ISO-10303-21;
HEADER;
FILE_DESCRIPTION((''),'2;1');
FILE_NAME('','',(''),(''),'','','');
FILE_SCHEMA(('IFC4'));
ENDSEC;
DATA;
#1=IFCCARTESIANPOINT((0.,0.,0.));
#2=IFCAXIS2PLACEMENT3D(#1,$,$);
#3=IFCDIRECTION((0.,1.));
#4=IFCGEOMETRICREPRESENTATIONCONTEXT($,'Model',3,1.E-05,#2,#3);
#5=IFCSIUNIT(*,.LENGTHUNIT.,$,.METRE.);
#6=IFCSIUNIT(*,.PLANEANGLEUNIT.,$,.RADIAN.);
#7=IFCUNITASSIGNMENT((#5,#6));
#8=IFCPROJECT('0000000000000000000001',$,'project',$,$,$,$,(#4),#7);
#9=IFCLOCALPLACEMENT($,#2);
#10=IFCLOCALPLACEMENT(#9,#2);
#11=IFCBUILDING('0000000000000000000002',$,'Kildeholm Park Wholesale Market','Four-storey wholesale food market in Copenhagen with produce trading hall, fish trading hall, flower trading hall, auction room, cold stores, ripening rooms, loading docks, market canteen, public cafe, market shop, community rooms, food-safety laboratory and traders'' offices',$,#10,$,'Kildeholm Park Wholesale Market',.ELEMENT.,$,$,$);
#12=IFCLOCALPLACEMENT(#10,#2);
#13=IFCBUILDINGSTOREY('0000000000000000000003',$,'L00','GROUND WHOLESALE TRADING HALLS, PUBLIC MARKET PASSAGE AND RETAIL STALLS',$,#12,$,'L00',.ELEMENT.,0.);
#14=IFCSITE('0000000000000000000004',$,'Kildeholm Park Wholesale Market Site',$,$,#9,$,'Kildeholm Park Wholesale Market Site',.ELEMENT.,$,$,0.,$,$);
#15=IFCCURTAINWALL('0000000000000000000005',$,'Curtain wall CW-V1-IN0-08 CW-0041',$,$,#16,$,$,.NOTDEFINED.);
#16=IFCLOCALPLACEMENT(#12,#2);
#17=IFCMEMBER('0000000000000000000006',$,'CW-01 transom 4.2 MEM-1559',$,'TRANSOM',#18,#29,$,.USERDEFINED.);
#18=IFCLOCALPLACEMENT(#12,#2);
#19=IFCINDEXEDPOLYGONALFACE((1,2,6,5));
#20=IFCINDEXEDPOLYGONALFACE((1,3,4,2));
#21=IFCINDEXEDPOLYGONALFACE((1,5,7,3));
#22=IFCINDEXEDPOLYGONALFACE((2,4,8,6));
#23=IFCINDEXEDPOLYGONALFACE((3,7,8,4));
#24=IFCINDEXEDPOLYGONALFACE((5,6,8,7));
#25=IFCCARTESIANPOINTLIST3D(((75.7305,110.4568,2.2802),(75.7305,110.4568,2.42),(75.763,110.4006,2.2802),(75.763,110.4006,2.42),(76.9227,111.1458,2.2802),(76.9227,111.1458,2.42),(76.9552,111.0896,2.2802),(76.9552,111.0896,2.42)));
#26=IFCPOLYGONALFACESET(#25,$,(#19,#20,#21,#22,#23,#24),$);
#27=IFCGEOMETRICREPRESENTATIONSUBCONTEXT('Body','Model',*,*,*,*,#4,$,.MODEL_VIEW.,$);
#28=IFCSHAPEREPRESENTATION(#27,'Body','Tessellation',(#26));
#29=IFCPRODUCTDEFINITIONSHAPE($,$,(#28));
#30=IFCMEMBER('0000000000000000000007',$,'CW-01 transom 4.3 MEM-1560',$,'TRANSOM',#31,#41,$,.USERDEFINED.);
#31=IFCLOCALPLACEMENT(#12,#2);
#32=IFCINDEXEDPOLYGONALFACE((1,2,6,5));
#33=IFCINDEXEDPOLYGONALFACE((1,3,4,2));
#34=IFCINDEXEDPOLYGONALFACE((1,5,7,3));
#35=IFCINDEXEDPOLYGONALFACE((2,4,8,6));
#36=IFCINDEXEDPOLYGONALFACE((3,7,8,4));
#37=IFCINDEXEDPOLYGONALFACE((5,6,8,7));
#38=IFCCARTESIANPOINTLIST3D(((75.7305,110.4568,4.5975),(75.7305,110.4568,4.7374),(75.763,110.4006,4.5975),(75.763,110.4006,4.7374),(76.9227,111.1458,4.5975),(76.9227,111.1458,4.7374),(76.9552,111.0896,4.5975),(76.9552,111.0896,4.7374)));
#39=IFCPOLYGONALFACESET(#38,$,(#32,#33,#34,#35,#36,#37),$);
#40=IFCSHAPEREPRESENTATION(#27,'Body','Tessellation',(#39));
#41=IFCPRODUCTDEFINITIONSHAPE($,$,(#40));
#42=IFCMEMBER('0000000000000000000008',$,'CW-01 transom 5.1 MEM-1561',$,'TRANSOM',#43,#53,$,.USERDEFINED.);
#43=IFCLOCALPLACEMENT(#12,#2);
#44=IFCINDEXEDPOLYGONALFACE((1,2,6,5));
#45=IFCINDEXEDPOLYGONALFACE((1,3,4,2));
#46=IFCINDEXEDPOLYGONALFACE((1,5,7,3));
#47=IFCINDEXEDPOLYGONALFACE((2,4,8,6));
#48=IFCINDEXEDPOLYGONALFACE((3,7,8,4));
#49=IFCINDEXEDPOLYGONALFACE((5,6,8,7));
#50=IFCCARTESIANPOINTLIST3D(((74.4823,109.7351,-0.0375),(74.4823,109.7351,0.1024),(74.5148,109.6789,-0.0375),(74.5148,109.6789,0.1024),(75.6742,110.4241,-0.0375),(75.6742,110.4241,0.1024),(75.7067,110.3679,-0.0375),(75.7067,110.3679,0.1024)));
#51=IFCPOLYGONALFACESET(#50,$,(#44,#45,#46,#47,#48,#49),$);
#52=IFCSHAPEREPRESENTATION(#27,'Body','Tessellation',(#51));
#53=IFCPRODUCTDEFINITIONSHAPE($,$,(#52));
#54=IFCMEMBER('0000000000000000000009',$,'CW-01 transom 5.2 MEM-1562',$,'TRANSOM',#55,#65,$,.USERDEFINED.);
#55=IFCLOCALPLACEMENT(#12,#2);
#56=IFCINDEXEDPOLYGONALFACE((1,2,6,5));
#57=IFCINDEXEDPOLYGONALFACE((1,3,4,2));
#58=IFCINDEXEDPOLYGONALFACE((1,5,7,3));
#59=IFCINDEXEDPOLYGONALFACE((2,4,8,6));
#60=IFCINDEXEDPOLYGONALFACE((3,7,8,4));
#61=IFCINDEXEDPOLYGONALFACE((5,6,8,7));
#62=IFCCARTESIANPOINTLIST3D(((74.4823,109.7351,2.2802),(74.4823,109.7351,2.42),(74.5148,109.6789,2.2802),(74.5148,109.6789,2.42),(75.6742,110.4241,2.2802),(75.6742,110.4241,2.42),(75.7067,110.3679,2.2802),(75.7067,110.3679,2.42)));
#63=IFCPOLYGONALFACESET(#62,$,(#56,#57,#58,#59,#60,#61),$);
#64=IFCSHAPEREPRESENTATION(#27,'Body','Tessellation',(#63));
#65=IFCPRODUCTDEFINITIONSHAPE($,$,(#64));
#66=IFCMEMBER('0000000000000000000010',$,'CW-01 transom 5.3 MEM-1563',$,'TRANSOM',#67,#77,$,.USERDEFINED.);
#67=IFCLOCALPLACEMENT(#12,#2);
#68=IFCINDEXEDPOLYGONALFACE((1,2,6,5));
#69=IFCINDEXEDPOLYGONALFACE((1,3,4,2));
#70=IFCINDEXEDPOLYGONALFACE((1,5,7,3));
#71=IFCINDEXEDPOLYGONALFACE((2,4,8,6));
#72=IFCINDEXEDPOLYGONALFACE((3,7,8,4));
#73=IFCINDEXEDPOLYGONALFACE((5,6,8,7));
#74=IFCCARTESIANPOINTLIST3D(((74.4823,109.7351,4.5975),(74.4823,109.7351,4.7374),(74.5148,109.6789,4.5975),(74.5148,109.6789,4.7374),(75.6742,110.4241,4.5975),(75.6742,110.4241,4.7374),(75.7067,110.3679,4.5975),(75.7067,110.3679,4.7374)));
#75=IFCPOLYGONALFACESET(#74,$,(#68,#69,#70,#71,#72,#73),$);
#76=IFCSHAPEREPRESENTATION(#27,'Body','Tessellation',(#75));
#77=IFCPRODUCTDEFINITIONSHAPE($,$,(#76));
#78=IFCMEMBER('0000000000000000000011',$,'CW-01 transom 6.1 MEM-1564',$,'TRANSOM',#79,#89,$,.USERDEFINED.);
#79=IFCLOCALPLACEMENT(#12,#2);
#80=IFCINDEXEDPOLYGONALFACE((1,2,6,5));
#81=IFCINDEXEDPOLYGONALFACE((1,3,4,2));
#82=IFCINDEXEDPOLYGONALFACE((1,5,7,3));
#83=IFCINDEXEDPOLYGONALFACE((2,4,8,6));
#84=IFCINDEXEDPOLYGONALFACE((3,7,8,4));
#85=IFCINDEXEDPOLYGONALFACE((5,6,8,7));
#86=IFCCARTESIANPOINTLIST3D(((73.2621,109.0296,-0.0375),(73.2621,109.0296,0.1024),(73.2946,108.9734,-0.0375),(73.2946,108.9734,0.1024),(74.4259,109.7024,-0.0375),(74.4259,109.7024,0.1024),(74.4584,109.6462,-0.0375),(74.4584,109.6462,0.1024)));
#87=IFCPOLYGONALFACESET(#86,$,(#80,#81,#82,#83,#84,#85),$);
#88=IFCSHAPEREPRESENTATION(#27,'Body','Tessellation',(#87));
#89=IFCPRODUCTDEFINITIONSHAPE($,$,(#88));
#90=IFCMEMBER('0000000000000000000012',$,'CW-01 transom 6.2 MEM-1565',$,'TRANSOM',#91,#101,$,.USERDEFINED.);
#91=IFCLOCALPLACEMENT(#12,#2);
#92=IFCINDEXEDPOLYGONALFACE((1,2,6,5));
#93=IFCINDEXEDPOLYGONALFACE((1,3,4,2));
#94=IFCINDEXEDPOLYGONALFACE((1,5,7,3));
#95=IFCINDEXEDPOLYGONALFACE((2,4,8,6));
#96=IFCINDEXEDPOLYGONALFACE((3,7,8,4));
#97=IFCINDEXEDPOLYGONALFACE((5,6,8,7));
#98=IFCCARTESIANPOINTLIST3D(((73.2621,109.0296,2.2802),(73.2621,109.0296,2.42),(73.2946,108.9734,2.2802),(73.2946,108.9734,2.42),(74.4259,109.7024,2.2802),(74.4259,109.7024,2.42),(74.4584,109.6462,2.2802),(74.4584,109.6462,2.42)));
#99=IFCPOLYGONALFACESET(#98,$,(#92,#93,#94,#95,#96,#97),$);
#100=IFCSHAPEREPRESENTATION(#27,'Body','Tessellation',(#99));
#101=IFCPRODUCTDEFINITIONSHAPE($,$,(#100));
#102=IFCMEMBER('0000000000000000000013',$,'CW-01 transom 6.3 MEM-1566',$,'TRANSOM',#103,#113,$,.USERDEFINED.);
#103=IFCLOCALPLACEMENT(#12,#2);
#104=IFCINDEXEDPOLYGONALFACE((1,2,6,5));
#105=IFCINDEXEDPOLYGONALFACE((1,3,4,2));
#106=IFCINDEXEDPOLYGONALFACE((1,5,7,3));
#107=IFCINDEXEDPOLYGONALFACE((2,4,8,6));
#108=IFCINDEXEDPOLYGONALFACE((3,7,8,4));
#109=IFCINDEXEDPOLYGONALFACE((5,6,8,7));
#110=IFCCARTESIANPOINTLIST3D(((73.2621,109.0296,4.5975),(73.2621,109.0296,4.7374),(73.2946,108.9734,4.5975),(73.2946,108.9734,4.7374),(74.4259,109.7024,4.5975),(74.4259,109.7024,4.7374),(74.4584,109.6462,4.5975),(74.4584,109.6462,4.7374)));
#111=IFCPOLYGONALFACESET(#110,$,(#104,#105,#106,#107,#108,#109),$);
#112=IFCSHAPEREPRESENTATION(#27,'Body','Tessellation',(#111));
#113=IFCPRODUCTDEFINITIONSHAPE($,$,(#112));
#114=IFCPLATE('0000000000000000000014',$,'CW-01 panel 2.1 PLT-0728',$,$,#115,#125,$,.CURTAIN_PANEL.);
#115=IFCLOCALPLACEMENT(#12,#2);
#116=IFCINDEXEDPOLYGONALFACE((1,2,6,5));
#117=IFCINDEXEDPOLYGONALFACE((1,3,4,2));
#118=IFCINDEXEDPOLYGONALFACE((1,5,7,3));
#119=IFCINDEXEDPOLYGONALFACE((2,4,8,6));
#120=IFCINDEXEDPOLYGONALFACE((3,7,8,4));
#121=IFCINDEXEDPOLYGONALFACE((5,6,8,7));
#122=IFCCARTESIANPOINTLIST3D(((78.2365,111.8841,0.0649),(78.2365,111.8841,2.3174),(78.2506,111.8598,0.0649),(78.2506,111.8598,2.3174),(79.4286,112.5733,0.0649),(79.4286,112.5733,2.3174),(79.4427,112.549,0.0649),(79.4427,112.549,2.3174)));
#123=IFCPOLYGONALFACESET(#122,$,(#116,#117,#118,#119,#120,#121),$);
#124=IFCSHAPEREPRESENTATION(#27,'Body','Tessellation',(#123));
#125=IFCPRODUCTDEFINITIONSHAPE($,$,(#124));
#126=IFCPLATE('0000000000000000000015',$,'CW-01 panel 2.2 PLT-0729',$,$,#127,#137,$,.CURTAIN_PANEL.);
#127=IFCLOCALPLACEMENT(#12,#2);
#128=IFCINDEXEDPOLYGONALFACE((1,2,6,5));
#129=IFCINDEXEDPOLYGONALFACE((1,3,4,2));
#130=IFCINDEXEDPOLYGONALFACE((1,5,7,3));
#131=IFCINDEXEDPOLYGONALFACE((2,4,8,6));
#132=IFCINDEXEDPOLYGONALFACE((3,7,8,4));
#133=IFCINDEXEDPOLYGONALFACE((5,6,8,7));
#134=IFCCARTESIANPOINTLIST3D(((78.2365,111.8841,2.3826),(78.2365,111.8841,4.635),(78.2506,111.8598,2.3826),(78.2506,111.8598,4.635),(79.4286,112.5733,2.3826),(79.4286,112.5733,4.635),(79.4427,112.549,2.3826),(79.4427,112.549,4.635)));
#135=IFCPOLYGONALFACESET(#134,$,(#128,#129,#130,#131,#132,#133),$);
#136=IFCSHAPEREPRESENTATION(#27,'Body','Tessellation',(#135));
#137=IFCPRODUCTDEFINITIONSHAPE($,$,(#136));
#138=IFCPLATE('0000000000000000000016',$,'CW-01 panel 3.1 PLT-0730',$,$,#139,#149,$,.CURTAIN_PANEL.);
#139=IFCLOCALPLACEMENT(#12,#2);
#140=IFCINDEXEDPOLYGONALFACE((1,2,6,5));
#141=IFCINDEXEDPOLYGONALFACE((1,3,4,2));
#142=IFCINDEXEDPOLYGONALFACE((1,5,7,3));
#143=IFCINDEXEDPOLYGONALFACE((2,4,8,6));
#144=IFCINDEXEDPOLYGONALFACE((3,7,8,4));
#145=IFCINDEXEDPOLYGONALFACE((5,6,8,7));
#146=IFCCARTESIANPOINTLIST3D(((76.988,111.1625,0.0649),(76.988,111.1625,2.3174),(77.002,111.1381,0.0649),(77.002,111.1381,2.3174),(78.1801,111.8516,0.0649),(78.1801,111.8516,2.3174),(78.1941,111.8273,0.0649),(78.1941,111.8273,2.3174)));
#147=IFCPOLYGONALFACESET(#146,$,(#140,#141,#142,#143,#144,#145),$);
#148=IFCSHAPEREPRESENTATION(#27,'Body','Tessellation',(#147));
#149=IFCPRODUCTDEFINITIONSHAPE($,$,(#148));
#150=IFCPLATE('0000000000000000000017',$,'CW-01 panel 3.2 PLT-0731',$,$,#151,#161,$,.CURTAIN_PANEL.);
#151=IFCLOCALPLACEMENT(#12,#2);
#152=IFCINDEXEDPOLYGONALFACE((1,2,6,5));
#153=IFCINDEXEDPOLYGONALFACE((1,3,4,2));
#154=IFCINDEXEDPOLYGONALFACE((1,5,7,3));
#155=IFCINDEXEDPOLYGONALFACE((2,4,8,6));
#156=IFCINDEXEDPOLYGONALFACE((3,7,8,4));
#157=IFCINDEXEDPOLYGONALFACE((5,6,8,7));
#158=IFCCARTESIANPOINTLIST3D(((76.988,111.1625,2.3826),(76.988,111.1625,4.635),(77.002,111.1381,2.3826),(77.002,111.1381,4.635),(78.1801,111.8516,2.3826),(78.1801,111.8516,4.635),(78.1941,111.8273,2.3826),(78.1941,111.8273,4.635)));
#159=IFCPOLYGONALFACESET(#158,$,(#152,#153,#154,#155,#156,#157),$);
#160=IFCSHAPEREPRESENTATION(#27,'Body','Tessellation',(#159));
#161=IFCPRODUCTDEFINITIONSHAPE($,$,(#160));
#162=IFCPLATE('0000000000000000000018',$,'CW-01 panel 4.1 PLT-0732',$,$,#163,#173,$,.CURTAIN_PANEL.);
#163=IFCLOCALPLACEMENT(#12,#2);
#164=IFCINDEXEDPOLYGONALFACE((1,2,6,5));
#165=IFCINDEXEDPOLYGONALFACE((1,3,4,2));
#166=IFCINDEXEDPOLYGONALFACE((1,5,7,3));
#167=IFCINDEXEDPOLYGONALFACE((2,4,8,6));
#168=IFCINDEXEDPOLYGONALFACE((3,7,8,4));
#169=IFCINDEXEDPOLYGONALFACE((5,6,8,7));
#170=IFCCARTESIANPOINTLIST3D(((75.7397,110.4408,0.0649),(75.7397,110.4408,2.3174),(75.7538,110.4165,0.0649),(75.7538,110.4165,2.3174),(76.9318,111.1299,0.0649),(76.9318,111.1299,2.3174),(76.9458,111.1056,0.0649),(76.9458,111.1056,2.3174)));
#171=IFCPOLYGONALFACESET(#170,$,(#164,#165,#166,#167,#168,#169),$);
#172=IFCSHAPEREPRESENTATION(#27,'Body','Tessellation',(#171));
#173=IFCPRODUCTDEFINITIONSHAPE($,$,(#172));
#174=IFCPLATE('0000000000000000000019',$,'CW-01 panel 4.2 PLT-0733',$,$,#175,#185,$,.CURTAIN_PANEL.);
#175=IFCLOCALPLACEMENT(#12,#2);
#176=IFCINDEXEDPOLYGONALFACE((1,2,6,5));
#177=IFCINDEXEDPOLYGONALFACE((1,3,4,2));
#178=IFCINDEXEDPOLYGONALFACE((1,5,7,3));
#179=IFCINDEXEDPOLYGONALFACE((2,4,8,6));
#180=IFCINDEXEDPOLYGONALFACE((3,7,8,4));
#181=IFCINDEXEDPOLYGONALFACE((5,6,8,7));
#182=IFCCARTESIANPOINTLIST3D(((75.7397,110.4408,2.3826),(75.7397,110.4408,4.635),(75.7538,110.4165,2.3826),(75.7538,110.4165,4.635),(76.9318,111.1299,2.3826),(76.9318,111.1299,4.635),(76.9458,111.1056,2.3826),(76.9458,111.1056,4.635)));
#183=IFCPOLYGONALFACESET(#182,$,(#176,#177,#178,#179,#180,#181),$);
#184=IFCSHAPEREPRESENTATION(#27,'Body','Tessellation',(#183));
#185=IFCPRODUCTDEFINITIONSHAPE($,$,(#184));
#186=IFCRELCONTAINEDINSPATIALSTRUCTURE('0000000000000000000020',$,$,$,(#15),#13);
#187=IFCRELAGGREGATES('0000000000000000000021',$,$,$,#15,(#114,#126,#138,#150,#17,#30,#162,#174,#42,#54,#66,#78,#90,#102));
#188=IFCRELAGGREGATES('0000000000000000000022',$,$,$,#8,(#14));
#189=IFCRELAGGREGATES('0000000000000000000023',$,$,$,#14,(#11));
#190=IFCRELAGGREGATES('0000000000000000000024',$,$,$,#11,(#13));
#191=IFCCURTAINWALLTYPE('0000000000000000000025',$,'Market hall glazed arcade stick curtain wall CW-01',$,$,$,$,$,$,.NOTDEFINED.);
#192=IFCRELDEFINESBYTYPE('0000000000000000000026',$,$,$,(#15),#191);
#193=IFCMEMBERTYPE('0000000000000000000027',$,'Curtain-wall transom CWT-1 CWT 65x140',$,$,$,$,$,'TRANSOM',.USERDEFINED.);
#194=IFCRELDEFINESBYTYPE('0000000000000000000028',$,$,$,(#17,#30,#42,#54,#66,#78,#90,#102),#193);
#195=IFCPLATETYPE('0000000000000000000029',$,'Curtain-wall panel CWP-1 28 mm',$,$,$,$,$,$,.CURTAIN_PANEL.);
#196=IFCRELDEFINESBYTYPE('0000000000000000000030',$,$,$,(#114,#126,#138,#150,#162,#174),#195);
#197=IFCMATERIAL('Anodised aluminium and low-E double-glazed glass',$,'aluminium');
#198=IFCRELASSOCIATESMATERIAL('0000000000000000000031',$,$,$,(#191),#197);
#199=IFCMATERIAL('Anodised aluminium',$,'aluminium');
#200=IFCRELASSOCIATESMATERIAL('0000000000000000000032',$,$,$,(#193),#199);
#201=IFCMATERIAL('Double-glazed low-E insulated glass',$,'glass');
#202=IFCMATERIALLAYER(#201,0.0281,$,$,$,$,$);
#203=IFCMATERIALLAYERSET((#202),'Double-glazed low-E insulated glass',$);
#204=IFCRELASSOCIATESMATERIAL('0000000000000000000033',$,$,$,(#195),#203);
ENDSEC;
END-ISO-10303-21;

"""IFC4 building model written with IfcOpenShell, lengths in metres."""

from ifc_helpers import new_model, si_unit, direction, frame, origin, origin_2d, place, context, subcontext, project, spatial, rectangle, extrude, material, layer, layer_set, material_profile, profile_set, type_object, element, aggregate, save


model = new_model("IFC4")

# Units and contexts
model_context = context("Model", 3, precision=1e-05, world=origin(), true_north=direction((0.0, 1.0)))
body_context = subcontext(model_context, "Body", "Model", "MODEL_VIEW")
ifc_project = project(units=[si_unit("LENGTHUNIT", "METRE"), si_unit("PLANEANGLEUNIT", "RADIAN")], contexts=[model_context])

# Site, building, storey
site_placement = place(None, origin())
site = spatial("IfcSite", under=ifc_project, at=site_placement, Name="Kildeholm Park Wholesale Market Site", LongName="Kildeholm Park Wholesale Market Site", CompositionType="ELEMENT", RefElevation=0.0)
building_placement = place(site_placement, origin())
building = spatial("IfcBuilding", under=site, at=building_placement, Name="Kildeholm Park Wholesale Market", Description="Four-storey wholesale food market in Copenhagen with produce trading hall, fish trading hall, flower trading hall, auction room, cold stores, ripening rooms, loading docks, market canteen, public cafe, market shop, community rooms, food-safety laboratory and traders' offices", LongName="Kildeholm Park Wholesale Market", CompositionType="ELEMENT")
storey_placement = place(building_placement, origin())
storey = spatial("IfcBuildingStorey", under=building, at=storey_placement, Name="L00", Description="GROUND WHOLESALE TRADING HALLS, PUBLIC MARKET PASSAGE AND RETAIL STALLS", LongName="L00", CompositionType="ELEMENT", Elevation=0.0)

# Curtain wall, members, plates
ifc_material_1 = material(Name="Anodised aluminium and low-E double-glazed glass", Category="aluminium")
curtain_wall_type = type_object("IfcCurtainWallType", Name="Market hall glazed arcade stick curtain wall CW-01", PredefinedType="NOTDEFINED", material=ifc_material_1)
curtain_wall_placement = place(storey_placement, origin())
curtain_wall = element("IfcCurtainWall", 1, at=curtain_wall_placement, inside=storey, type_object=curtain_wall_type, Name="Curtain wall CW-V1-IN0-08 CW-0041", PredefinedType="NOTDEFINED")
ifc_material_2 = material(Name="Anodised aluminium", Category="aluminium")
ifc_material_profile_1 = material_profile(ifc_material_2, rectangle(XDim=0.0649, YDim=0.1399, at=origin_2d()), Name="CWT 65x140")
ifc_profile_set_1 = profile_set([ifc_material_profile_1], Name="Anodised aluminium")
member_type_1 = type_object("IfcMemberType", Name="Curtain-wall transom CWT-1 CWT 65x140", ElementType="TRANSOM", PredefinedType="USERDEFINED", material=ifc_profile_set_1)
member_1_placement = place(storey_placement, frame((76.939, 111.1177, 2.3501), z_axis=(-0.86581, -0.500372, 0.0), x_axis=(0.500372, -0.86581, 0.0)))
member_1 = element("IfcMember", 2, at=member_1_placement, type_object=member_type_1, Name="CW-01 transom 4.2 MEM-1559", ObjectType="TRANSOM", PredefinedType="USERDEFINED", context=body_context, shape_type="SweptSolid", body=[
    extrude(rectangle(XDim=0.0649, YDim=0.1399, at=origin_2d()), origin(), (0.0, 0.0, 1.0), 1.377),
])
member_2_placement = place(storey_placement, frame((76.939, 111.1177, 4.6675), z_axis=(-0.86581, -0.500372, 0.0), x_axis=(0.500372, -0.86581, 0.0)))
member_2 = element("IfcMember", 3, at=member_2_placement, type_object=member_type_1, Name="CW-01 transom 4.3 MEM-1560", ObjectType="TRANSOM", PredefinedType="USERDEFINED", context=body_context, shape_type="SweptSolid", body=[
    extrude(rectangle(XDim=0.0649, YDim=0.1399, at=origin_2d()), origin(), (0.0, 0.0, 1.0), 1.377),
])
member_3_placement = place(storey_placement, frame((75.6904, 110.396, 0.0325), z_axis=(-0.865766, -0.500449, 0.0), x_axis=(0.500449, -0.865766, 0.0)))
member_3 = element("IfcMember", 4, at=member_3_placement, type_object=member_type_1, Name="CW-01 transom 5.1 MEM-1561", ObjectType="TRANSOM", PredefinedType="USERDEFINED", context=body_context, shape_type="SweptSolid", body=[
    extrude(rectangle(XDim=0.0649, YDim=0.1399, at=origin_2d()), origin(), (0.0, 0.0, 1.0), 1.3767),
])
member_4_placement = place(storey_placement, frame((75.6904, 110.396, 2.3501), z_axis=(-0.865766, -0.500449, 0.0), x_axis=(0.500449, -0.865766, 0.0)))
member_4 = element("IfcMember", 5, at=member_4_placement, type_object=member_type_1, Name="CW-01 transom 5.2 MEM-1562", ObjectType="TRANSOM", PredefinedType="USERDEFINED", context=body_context, shape_type="SweptSolid", body=[
    extrude(rectangle(XDim=0.0649, YDim=0.1399, at=origin_2d()), origin(), (0.0, 0.0, 1.0), 1.3767),
])
member_5_placement = place(storey_placement, frame((75.6904, 110.396, 4.6675), z_axis=(-0.865766, -0.500449, 0.0), x_axis=(0.500449, -0.865766, 0.0)))
member_5 = element("IfcMember", 6, at=member_5_placement, type_object=member_type_1, Name="CW-01 transom 5.3 MEM-1563", ObjectType="TRANSOM", PredefinedType="USERDEFINED", context=body_context, shape_type="SweptSolid", body=[
    extrude(rectangle(XDim=0.0649, YDim=0.1399, at=origin_2d()), origin(), (0.0, 0.0, 1.0), 1.3767),
])
member_6_placement = place(storey_placement, frame((74.4421, 109.6743, 0.0325), z_axis=(-0.865729, -0.500514, 0.0), x_axis=(0.500514, -0.865729, 0.0)))
member_6 = element("IfcMember", 7, at=member_6_placement, type_object=member_type_1, Name="CW-01 transom 6.1 MEM-1564", ObjectType="TRANSOM", PredefinedType="USERDEFINED", context=body_context, shape_type="SweptSolid", body=[
    extrude(rectangle(XDim=0.0649, YDim=0.1399, at=origin_2d()), origin(), (0.0, 0.0, 1.0), 1.3442),
])
member_7_placement = place(storey_placement, frame((74.4421, 109.6743, 2.3501), z_axis=(-0.865729, -0.500514, 0.0), x_axis=(0.500514, -0.865729, 0.0)))
member_7 = element("IfcMember", 8, at=member_7_placement, type_object=member_type_1, Name="CW-01 transom 6.2 MEM-1565", ObjectType="TRANSOM", PredefinedType="USERDEFINED", context=body_context, shape_type="SweptSolid", body=[
    extrude(rectangle(XDim=0.0649, YDim=0.1399, at=origin_2d()), origin(), (0.0, 0.0, 1.0), 1.3442),
])
member_8_placement = place(storey_placement, frame((74.4421, 109.6743, 4.6675), z_axis=(-0.865729, -0.500514, 0.0), x_axis=(0.500514, -0.865729, 0.0)))
member_8 = element("IfcMember", 9, at=member_8_placement, type_object=member_type_1, Name="CW-01 transom 6.3 MEM-1566", ObjectType="TRANSOM", PredefinedType="USERDEFINED", context=body_context, shape_type="SweptSolid", body=[
    extrude(rectangle(XDim=0.0649, YDim=0.1399, at=origin_2d()), origin(), (0.0, 0.0, 1.0), 1.3442),
])
ifc_material_3 = material(Name="Double-glazed low-E insulated glass", Category="glass")
ifc_layer_1 = layer(ifc_material_3, 0.0281)
ifc_layer_set_1 = layer_set([ifc_layer_1], Name="Double-glazed low-E insulated glass")
plate_type = type_object("IfcPlateType", Name="Curtain-wall panel CWP-1 28 mm", PredefinedType="CURTAIN_PANEL", material=ifc_layer_set_1)
plate_1_placement = place(storey_placement, frame((78.8396, 112.2166, 0.0649), z_axis=(0.0, 0.0, 1.0), x_axis=(-0.865743, -0.500489, 0.0)))
plate_1 = element("IfcPlate", 10, at=plate_1_placement, type_object=plate_type, Name="CW-01 panel 2.1 PLT-0728", PredefinedType="CURTAIN_PANEL", context=body_context, shape_type="SweptSolid", body=[
    extrude(rectangle(XDim=1.377, YDim=0.0281, at=origin_2d()), origin(), (0.0, 0.0, 1.0), 2.2524),
])
plate_2_placement = place(storey_placement, frame((78.8396, 112.2166, 2.3826), z_axis=(0.0, 0.0, 1.0), x_axis=(-0.865743, -0.500489, 0.0)))
plate_2 = element("IfcPlate", 11, at=plate_2_placement, type_object=plate_type, Name="CW-01 panel 2.2 PLT-0729", PredefinedType="CURTAIN_PANEL", context=body_context, shape_type="SweptSolid", body=[
    extrude(rectangle(XDim=1.377, YDim=0.0281, at=origin_2d()), origin(), (0.0, 0.0, 1.0), 2.2524),
])
plate_3_placement = place(storey_placement, frame((77.5911, 111.4949, 0.0649), z_axis=(0.0, 0.0, 1.0), x_axis=(-0.865743, -0.500489, 0.0)))
plate_3 = element("IfcPlate", 12, at=plate_3_placement, type_object=plate_type, Name="CW-01 panel 3.1 PLT-0730", PredefinedType="CURTAIN_PANEL", context=body_context, shape_type="SweptSolid", body=[
    extrude(rectangle(XDim=1.377, YDim=0.0281, at=origin_2d()), origin(), (0.0, 0.0, 1.0), 2.2524),
])
plate_4_placement = place(storey_placement, frame((77.5911, 111.4949, 2.3826), z_axis=(0.0, 0.0, 1.0), x_axis=(-0.865743, -0.500489, 0.0)))
plate_4 = element("IfcPlate", 13, at=plate_4_placement, type_object=plate_type, Name="CW-01 panel 3.2 PLT-0731", PredefinedType="CURTAIN_PANEL", context=body_context, shape_type="SweptSolid", body=[
    extrude(rectangle(XDim=1.377, YDim=0.0281, at=origin_2d()), origin(), (0.0, 0.0, 1.0), 2.2524),
])
plate_5_placement = place(storey_placement, frame((76.3428, 110.7732, 0.0649), z_axis=(0.0, 0.0, 1.0), x_axis=(-0.865743, -0.500489, 0.0)))
plate_5 = element("IfcPlate", 14, at=plate_5_placement, type_object=plate_type, Name="CW-01 panel 4.1 PLT-0732", PredefinedType="CURTAIN_PANEL", context=body_context, shape_type="SweptSolid", body=[
    extrude(rectangle(XDim=1.377, YDim=0.0281, at=origin_2d()), origin(), (0.0, 0.0, 1.0), 2.2524),
])
plate_6_placement = place(storey_placement, frame((76.3428, 110.7732, 2.3826), z_axis=(0.0, 0.0, 1.0), x_axis=(-0.865743, -0.500489, 0.0)))
plate_6 = element("IfcPlate", 15, at=plate_6_placement, type_object=plate_type, Name="CW-01 panel 4.2 PLT-0733", PredefinedType="CURTAIN_PANEL", context=body_context, shape_type="SweptSolid", body=[
    extrude(rectangle(XDim=1.377, YDim=0.0281, at=origin_2d()), origin(), (0.0, 0.0, 1.0), 2.2524),
])
aggregate(curtain_wall, [plate_1, plate_2, plate_3, plate_4, member_1, member_2, plate_5, plate_6, member_3, member_4, member_5, member_6, member_7, member_8])

save(model, "model.ifc")
